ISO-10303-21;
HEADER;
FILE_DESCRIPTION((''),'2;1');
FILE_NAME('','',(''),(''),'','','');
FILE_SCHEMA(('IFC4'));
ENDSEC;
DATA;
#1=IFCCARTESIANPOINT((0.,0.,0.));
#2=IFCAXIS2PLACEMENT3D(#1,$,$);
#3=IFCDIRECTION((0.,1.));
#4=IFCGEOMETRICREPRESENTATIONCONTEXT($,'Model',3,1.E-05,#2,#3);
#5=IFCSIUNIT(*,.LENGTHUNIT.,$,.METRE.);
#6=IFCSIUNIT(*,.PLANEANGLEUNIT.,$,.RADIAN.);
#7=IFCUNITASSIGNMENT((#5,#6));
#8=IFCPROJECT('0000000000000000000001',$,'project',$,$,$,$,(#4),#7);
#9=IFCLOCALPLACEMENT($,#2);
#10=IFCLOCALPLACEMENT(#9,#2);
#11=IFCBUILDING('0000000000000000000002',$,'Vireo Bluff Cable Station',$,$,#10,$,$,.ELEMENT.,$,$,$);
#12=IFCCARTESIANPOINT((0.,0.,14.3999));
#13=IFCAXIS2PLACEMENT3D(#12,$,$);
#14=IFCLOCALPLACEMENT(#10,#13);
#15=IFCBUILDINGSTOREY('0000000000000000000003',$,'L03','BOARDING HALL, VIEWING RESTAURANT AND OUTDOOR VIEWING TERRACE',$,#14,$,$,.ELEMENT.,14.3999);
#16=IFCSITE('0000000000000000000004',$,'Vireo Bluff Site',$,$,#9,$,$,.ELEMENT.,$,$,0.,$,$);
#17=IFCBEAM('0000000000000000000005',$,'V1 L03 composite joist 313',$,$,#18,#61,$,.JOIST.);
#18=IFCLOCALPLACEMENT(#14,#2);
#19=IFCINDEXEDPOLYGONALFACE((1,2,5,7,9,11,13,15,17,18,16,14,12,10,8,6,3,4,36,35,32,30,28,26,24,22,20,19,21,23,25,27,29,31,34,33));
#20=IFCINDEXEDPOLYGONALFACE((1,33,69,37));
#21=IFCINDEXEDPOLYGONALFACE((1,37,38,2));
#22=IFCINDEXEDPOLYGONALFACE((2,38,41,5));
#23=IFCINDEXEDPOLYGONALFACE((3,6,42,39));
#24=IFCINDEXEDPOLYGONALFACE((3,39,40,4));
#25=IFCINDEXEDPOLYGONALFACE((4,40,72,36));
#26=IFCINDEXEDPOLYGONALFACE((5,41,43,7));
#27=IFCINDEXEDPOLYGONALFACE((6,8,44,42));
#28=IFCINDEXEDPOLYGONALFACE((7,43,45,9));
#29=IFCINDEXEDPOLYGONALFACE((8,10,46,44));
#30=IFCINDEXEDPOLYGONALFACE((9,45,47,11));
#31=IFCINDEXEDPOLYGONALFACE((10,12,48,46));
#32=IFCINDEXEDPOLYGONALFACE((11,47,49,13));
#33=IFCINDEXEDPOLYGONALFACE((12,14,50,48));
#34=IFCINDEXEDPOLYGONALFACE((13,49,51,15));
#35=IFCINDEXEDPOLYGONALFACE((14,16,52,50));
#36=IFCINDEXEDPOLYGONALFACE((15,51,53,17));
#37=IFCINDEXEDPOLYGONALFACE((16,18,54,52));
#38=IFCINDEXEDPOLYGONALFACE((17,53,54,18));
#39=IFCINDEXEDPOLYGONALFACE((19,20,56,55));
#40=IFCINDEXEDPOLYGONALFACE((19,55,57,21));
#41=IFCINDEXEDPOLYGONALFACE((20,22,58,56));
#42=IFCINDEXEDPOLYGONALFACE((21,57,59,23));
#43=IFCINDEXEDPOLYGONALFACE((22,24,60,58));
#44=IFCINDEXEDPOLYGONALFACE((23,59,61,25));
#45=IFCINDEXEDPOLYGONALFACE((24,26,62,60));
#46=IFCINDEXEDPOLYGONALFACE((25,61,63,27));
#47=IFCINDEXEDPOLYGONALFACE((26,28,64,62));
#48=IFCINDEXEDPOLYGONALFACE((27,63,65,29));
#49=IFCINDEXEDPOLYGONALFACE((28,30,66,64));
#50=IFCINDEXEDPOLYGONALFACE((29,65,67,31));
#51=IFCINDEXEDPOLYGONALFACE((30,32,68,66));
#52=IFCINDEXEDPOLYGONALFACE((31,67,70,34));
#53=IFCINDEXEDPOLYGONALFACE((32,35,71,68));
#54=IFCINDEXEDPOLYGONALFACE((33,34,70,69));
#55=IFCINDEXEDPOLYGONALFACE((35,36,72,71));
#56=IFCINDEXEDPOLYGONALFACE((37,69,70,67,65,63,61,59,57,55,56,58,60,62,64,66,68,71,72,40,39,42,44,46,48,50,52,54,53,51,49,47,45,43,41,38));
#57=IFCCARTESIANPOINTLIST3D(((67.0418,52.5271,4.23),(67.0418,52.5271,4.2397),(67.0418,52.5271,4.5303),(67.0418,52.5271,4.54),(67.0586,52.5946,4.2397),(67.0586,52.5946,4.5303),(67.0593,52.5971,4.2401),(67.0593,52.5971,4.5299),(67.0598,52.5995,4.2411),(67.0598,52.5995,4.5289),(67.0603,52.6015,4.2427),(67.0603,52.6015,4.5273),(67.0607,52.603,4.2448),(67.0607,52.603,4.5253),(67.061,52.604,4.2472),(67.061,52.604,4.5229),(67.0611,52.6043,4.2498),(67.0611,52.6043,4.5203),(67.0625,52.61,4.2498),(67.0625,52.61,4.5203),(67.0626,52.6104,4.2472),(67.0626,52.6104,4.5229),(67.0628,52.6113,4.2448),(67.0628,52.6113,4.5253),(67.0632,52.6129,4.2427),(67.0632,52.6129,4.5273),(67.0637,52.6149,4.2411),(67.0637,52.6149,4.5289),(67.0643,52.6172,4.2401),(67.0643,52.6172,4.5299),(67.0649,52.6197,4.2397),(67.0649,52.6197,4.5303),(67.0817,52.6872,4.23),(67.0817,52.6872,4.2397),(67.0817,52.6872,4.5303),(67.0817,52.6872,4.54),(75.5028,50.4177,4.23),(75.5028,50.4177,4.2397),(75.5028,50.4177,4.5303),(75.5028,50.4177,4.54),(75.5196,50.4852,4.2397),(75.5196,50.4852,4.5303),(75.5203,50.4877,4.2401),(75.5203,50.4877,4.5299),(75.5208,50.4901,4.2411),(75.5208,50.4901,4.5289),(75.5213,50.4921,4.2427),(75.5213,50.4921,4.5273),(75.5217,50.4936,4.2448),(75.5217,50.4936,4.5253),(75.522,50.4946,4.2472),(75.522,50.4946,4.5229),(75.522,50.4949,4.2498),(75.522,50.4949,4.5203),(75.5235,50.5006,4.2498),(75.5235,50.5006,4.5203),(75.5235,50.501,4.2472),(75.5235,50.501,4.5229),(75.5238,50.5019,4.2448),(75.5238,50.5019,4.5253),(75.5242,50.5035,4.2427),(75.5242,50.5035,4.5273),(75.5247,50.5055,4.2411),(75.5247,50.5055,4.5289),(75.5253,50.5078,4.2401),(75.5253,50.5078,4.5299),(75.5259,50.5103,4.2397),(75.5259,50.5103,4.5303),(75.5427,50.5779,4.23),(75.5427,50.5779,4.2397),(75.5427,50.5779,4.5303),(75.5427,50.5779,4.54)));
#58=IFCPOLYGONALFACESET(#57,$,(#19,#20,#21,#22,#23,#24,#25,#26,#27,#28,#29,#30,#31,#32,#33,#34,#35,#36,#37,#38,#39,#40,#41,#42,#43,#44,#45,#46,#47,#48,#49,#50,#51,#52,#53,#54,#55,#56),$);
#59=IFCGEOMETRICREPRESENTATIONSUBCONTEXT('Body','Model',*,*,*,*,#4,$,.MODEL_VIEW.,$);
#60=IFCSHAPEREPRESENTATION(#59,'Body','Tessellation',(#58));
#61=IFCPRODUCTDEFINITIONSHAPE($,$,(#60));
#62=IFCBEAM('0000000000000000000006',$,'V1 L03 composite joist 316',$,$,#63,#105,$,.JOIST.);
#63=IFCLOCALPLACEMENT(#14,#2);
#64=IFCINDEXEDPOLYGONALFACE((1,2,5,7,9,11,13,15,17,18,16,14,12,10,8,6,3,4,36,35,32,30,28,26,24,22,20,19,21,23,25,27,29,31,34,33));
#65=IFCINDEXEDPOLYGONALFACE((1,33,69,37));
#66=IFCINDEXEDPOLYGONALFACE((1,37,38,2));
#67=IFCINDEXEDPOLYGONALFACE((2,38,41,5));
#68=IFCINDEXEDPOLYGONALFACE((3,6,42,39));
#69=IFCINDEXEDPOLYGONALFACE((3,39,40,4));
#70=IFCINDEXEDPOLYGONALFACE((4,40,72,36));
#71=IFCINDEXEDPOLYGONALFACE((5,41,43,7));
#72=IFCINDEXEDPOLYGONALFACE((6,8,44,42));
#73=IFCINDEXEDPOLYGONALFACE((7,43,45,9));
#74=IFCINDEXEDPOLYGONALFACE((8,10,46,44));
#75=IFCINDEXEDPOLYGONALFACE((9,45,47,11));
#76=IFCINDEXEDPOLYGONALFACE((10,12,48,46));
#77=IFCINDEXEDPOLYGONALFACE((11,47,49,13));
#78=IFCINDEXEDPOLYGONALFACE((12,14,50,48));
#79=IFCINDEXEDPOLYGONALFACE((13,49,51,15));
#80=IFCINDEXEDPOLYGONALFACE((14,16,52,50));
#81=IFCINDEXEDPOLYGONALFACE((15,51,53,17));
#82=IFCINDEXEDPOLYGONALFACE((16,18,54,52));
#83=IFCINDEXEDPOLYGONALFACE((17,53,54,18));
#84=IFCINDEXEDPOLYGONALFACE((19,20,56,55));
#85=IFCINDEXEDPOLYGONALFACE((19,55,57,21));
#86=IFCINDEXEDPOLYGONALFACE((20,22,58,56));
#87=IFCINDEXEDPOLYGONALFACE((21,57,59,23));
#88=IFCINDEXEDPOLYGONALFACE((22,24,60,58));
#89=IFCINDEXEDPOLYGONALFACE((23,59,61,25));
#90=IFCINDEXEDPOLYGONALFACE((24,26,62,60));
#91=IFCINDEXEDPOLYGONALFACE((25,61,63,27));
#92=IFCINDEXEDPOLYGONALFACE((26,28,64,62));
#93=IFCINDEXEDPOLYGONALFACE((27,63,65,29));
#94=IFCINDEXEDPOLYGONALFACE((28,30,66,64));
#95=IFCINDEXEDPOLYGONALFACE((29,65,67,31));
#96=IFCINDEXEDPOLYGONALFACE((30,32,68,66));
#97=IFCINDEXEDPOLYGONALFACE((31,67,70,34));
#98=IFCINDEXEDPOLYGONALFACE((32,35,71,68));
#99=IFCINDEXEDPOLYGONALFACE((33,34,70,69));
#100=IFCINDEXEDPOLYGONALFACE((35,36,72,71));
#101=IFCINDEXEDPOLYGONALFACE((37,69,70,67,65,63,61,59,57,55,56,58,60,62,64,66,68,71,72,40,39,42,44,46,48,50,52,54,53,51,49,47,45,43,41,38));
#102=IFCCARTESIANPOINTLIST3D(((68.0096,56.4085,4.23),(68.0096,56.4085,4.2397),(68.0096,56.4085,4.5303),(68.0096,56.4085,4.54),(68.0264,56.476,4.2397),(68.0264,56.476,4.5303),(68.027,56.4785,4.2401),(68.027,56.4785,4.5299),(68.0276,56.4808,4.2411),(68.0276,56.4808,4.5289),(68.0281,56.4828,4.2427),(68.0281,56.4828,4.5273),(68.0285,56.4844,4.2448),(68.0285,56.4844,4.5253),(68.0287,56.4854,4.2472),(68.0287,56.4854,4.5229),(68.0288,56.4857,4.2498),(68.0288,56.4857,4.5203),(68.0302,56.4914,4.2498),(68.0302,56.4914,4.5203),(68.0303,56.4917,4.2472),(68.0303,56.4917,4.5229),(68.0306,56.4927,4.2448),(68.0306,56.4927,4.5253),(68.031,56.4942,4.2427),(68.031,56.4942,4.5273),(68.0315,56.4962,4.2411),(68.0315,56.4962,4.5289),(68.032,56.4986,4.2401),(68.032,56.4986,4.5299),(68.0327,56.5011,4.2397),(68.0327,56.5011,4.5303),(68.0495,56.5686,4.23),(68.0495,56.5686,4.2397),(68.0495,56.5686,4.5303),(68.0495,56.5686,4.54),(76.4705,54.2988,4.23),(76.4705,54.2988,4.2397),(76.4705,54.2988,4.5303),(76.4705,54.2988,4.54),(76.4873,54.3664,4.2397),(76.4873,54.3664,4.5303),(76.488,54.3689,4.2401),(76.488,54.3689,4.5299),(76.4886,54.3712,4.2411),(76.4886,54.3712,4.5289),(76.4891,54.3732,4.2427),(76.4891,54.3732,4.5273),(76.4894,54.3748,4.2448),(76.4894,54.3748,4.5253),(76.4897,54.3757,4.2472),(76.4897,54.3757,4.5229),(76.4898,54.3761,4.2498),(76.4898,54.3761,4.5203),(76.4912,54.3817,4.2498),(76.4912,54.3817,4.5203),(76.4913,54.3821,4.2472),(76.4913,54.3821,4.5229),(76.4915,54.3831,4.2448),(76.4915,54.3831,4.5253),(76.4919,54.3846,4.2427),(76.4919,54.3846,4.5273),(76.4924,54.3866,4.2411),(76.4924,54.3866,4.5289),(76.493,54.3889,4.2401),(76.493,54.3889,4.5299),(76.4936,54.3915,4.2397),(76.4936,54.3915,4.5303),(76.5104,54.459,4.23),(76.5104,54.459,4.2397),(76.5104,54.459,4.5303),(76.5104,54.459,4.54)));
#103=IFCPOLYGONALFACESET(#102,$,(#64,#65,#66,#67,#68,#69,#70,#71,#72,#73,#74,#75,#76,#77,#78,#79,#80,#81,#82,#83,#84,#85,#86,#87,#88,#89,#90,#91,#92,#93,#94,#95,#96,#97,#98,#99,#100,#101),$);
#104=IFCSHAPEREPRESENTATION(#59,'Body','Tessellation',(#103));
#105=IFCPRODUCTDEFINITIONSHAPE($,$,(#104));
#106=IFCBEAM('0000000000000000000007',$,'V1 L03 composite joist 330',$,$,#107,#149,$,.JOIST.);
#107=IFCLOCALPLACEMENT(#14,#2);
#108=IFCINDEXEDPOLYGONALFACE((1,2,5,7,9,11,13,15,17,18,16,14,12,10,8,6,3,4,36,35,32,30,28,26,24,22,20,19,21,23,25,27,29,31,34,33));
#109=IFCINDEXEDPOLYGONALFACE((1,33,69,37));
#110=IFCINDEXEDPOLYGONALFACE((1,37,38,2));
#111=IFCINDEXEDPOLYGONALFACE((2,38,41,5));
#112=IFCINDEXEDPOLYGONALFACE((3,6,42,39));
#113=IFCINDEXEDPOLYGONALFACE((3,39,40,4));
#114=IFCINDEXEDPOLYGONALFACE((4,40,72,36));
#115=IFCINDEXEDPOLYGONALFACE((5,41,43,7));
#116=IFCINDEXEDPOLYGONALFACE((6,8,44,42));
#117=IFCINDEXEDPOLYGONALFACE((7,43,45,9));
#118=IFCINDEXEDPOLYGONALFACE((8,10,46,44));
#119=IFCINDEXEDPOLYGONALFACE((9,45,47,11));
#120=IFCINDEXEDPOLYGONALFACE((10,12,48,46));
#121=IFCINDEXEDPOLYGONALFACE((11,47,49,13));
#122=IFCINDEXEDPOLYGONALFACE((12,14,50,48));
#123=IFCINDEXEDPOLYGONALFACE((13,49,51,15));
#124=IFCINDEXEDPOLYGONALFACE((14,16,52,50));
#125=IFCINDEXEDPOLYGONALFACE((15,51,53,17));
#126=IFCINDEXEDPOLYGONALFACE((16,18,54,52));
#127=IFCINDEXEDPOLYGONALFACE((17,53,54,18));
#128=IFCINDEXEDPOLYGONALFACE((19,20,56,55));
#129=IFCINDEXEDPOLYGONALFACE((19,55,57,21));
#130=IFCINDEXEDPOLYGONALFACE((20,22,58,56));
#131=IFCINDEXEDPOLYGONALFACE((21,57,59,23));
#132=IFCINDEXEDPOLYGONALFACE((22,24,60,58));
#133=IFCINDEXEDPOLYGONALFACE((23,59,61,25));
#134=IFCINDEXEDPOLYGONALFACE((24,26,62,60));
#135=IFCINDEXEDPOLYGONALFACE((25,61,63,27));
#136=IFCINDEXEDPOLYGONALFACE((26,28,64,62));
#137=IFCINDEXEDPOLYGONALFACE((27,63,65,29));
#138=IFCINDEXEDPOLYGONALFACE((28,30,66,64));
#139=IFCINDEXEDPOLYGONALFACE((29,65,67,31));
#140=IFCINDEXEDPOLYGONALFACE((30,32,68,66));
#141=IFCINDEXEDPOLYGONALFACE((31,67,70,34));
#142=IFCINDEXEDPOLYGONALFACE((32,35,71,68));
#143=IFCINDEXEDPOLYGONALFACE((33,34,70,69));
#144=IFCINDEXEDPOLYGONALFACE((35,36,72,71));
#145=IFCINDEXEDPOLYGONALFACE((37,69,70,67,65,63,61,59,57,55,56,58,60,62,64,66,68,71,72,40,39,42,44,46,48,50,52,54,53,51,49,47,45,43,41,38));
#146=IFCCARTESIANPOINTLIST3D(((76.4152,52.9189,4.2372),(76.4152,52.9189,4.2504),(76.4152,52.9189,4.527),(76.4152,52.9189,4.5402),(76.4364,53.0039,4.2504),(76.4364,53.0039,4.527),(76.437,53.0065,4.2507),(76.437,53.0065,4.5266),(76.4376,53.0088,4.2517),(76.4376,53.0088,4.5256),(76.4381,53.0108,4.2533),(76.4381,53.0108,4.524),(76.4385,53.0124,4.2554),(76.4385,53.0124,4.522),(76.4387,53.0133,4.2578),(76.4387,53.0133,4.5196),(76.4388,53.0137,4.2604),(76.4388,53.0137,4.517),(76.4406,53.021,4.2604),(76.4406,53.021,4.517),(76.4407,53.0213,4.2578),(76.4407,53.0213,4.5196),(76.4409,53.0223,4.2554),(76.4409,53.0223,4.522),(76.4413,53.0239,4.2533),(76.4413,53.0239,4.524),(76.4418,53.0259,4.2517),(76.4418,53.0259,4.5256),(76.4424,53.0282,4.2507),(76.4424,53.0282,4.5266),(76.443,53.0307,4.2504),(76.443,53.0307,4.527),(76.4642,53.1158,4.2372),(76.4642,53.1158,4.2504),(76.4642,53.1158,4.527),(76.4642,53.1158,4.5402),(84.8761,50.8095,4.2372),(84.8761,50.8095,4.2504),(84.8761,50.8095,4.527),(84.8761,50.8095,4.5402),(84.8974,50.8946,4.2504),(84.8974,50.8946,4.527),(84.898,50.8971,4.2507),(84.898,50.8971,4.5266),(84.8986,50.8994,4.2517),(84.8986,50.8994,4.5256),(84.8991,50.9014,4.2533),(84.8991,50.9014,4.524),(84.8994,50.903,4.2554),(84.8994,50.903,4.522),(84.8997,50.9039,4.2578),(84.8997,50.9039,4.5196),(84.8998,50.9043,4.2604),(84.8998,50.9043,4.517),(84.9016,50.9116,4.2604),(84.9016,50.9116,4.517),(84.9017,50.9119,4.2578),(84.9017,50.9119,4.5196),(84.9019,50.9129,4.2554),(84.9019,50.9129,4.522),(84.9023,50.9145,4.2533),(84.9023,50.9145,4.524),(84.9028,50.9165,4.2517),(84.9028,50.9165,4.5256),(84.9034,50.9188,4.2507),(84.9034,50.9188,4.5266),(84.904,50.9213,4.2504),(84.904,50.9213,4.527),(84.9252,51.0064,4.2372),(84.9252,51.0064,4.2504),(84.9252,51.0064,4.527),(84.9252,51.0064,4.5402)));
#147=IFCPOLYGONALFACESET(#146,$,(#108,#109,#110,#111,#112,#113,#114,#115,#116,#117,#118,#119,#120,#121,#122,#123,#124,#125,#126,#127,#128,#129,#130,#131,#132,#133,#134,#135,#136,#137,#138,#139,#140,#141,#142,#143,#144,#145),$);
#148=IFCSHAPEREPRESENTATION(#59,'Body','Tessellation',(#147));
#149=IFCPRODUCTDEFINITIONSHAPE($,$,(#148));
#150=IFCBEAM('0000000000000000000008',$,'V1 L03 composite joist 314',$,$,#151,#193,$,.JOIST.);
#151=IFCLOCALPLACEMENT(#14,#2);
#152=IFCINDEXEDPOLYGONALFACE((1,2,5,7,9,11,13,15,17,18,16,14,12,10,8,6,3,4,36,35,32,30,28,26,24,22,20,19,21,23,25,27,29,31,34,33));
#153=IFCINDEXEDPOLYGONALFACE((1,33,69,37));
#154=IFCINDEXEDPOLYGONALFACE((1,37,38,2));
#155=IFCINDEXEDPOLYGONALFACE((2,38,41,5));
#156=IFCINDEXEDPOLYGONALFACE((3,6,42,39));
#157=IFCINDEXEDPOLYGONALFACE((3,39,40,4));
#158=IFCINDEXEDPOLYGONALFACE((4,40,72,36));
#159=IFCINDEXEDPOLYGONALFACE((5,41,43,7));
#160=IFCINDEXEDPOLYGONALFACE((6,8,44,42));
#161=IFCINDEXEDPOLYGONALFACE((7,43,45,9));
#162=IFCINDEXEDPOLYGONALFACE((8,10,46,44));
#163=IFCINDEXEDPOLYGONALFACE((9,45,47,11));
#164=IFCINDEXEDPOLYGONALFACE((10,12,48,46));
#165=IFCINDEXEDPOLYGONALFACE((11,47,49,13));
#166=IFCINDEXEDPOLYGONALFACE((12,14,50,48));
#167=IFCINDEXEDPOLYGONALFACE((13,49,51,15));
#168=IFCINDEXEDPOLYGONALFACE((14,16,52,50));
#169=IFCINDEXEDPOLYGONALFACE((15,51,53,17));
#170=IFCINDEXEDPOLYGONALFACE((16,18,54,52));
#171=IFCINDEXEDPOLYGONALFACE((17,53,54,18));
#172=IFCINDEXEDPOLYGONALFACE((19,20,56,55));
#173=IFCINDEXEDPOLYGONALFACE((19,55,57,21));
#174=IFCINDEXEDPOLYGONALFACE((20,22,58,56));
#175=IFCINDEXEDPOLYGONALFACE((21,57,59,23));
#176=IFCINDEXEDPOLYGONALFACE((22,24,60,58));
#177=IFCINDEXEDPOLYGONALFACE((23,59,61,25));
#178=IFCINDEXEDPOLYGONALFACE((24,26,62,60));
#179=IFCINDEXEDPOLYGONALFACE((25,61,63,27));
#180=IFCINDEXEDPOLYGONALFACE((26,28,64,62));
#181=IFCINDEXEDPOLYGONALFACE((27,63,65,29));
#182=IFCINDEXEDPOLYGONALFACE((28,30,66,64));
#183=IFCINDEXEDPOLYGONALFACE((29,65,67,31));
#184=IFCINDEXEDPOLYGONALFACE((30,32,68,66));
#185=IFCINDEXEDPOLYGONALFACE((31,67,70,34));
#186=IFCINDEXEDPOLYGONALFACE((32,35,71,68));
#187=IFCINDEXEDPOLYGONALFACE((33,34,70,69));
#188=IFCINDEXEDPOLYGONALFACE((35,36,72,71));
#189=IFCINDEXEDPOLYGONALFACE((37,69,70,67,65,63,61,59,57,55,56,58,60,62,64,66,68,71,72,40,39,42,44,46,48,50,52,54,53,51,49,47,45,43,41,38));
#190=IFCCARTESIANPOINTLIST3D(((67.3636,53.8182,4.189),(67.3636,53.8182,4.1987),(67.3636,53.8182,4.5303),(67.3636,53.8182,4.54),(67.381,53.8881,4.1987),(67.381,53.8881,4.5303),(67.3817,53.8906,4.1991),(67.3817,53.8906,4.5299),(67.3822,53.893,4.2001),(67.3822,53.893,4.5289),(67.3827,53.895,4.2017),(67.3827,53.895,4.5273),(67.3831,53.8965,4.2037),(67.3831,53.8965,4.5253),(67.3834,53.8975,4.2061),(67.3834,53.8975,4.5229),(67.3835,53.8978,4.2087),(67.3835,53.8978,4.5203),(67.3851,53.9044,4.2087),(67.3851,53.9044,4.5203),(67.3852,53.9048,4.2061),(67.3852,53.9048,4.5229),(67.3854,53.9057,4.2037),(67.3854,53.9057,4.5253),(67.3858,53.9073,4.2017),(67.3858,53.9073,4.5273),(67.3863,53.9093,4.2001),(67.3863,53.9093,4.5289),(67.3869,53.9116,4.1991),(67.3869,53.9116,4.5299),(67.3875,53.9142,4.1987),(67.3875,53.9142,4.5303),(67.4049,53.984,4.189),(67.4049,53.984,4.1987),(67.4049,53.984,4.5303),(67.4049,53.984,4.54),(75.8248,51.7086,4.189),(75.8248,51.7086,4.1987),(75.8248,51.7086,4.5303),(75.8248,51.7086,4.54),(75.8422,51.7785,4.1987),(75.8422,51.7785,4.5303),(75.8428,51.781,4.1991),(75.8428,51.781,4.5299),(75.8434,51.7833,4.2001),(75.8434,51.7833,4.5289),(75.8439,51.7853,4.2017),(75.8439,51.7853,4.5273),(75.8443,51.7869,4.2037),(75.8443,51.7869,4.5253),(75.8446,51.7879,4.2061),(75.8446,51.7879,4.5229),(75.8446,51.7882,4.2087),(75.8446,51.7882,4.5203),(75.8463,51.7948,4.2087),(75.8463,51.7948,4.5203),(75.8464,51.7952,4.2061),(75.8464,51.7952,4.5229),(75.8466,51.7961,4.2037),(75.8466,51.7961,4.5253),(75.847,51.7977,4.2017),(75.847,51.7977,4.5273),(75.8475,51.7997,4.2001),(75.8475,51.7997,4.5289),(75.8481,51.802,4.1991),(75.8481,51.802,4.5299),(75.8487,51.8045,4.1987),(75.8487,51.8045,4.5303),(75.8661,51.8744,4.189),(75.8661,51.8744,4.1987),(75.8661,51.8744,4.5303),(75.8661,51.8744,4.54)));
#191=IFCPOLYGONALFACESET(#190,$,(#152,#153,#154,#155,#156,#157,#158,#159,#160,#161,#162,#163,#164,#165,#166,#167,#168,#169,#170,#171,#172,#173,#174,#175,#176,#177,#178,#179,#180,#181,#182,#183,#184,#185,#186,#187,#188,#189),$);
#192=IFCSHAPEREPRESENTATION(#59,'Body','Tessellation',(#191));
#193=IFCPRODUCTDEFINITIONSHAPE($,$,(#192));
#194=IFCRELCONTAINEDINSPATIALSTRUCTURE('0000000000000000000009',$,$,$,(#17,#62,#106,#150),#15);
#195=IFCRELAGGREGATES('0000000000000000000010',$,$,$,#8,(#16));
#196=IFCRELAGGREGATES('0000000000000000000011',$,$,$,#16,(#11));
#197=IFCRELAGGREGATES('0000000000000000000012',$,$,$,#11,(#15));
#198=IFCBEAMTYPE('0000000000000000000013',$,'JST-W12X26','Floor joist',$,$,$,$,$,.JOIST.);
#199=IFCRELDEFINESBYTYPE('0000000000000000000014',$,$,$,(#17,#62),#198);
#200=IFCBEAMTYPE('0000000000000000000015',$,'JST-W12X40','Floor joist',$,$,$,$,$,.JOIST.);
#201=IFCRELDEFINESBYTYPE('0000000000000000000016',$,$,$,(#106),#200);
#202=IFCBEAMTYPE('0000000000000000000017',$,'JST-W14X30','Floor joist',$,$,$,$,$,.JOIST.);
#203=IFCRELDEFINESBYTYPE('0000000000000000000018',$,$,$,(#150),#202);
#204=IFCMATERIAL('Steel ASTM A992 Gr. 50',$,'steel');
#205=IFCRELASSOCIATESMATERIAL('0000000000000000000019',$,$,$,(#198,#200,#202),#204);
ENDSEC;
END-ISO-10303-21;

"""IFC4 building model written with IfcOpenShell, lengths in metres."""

from ifc_helpers import new_model, si_unit, direction, frame, origin, origin_2d, place, context, subcontext, project, spatial, i_section, extrude, material, material_profile, profile_set, type_object, element, save


model = new_model("IFC4")

# Units and contexts
model_context = context("Model", 3, precision=1e-05, world=origin(), true_north=direction((0.0, 1.0)))
body_context = subcontext(model_context, "Body", "Model", "MODEL_VIEW")
ifc_project = project(units=[si_unit("LENGTHUNIT", "METRE"), si_unit("PLANEANGLEUNIT", "RADIAN")], contexts=[model_context])

# Site, building, storey
site_placement = place(None, origin())
site = spatial("IfcSite", under=ifc_project, at=site_placement, Name="Vireo Bluff Site", CompositionType="ELEMENT", RefElevation=0.0)
building_placement = place(site_placement, origin())
building = spatial("IfcBuilding", under=site, at=building_placement, Name="Vireo Bluff Cable Station", CompositionType="ELEMENT")
storey_placement = place(building_placement, frame((0.0, 0.0, 14.3999)))
storey = spatial("IfcBuildingStorey", under=building, at=storey_placement, Name="L03", Description="BOARDING HALL, VIEWING RESTAURANT AND OUTDOOR VIEWING TERRACE", CompositionType="ELEMENT", Elevation=14.3999)

# Shared definitions
ifc_material_1 = material(Name="Steel ASTM A992 Gr. 50", Category="steel")

# Beams
ifc_material_profile_1 = material_profile(ifc_material_1, i_section(OverallWidth=0.165, OverallDepth=0.3101, WebThickness=0.0059, FlangeThickness=0.0098, FilletRadius=0.01, at=origin_2d()), Name="W12X26")
ifc_profile_set_1 = profile_set([ifc_material_profile_1], Name="Steel ASTM A992 Gr. 50")
beam_type_1 = type_object("IfcBeamType", Name="JST-W12X26", Description="Floor joist", PredefinedType="JOIST", material=ifc_profile_set_1)
for number, where, z_axis, x_axis, name in (
    (1, (67.0618, 52.6072, 4.385), (0.9703, -0.241903, 0.0), (0.241903, 0.9703, 0.0), "V1 L03 composite joist 313"),
    (2, (68.0295, 56.4885, 4.385), (0.970294, -0.24193, 0.0), (0.24193, 0.970294, 0.0), "V1 L03 composite joist 316"),
):
    element("IfcBeam", number, at=place(storey_placement, frame(where, z_axis=z_axis, x_axis=x_axis)), inside=storey, type_object=beam_type_1, Name=name, PredefinedType="JOIST", context=body_context, shape_type="SweptSolid", body=[
        extrude(i_section(OverallWidth=0.165, OverallDepth=0.3101, WebThickness=0.0059, FlangeThickness=0.0098, FilletRadius=0.01, at=origin_2d()), origin(), (0.0, 0.0, 1.0), 8.72),
    ])
ifc_material_profile_2 = material_profile(ifc_material_1, i_section(OverallWidth=0.2029, OverallDepth=0.303, WebThickness=0.0076, FlangeThickness=0.0132, FilletRadius=0.01, at=origin_2d()), Name="W12X40")
ifc_profile_set_2 = profile_set([ifc_material_profile_2], Name="Steel ASTM A992 Gr. 50")
beam_type_2 = type_object("IfcBeamType", Name="JST-W12X40", Description="Floor joist", PredefinedType="JOIST", material=ifc_profile_set_2)
beam_1_placement = place(storey_placement, frame((76.4397, 53.0173, 4.3887), z_axis=(0.9703, -0.241903, 0.0), x_axis=(0.241903, 0.9703, 0.0)))
element("IfcBeam", 3, at=beam_1_placement, inside=storey, type_object=beam_type_2, Name="V1 L03 composite joist 330", PredefinedType="JOIST", context=body_context, shape_type="SweptSolid", body=[
    extrude(i_section(OverallWidth=0.2029, OverallDepth=0.303, WebThickness=0.0076, FlangeThickness=0.0132, FilletRadius=0.01, at=origin_2d()), origin(), (0.0, 0.0, 1.0), 8.72),
])
ifc_material_profile_3 = material_profile(ifc_material_1, i_section(OverallWidth=0.1709, OverallDepth=0.3511, WebThickness=0.0068, FlangeThickness=0.0098, FilletRadius=0.01, at=origin_2d()), Name="W14X30")
ifc_profile_set_3 = profile_set([ifc_material_profile_3], Name="Steel ASTM A992 Gr. 50")
beam_type_3 = type_object("IfcBeamType", Name="JST-W14X30", Description="Floor joist", PredefinedType="JOIST", material=ifc_profile_set_3)
beam_2_placement = place(storey_placement, frame((67.3843, 53.9011, 4.3645), z_axis=(0.970295, -0.241923, 0.0), x_axis=(0.241923, 0.970295, 0.0)))
element("IfcBeam", 4, at=beam_2_placement, inside=storey, type_object=beam_type_3, Name="V1 L03 composite joist 314", PredefinedType="JOIST", context=body_context, shape_type="SweptSolid", body=[
    extrude(i_section(OverallWidth=0.1709, OverallDepth=0.3511, WebThickness=0.0068, FlangeThickness=0.0098, FilletRadius=0.01, at=origin_2d()), origin(), (0.0, 0.0, 1.0), 8.7202),
])

save(model, "model.ifc")
